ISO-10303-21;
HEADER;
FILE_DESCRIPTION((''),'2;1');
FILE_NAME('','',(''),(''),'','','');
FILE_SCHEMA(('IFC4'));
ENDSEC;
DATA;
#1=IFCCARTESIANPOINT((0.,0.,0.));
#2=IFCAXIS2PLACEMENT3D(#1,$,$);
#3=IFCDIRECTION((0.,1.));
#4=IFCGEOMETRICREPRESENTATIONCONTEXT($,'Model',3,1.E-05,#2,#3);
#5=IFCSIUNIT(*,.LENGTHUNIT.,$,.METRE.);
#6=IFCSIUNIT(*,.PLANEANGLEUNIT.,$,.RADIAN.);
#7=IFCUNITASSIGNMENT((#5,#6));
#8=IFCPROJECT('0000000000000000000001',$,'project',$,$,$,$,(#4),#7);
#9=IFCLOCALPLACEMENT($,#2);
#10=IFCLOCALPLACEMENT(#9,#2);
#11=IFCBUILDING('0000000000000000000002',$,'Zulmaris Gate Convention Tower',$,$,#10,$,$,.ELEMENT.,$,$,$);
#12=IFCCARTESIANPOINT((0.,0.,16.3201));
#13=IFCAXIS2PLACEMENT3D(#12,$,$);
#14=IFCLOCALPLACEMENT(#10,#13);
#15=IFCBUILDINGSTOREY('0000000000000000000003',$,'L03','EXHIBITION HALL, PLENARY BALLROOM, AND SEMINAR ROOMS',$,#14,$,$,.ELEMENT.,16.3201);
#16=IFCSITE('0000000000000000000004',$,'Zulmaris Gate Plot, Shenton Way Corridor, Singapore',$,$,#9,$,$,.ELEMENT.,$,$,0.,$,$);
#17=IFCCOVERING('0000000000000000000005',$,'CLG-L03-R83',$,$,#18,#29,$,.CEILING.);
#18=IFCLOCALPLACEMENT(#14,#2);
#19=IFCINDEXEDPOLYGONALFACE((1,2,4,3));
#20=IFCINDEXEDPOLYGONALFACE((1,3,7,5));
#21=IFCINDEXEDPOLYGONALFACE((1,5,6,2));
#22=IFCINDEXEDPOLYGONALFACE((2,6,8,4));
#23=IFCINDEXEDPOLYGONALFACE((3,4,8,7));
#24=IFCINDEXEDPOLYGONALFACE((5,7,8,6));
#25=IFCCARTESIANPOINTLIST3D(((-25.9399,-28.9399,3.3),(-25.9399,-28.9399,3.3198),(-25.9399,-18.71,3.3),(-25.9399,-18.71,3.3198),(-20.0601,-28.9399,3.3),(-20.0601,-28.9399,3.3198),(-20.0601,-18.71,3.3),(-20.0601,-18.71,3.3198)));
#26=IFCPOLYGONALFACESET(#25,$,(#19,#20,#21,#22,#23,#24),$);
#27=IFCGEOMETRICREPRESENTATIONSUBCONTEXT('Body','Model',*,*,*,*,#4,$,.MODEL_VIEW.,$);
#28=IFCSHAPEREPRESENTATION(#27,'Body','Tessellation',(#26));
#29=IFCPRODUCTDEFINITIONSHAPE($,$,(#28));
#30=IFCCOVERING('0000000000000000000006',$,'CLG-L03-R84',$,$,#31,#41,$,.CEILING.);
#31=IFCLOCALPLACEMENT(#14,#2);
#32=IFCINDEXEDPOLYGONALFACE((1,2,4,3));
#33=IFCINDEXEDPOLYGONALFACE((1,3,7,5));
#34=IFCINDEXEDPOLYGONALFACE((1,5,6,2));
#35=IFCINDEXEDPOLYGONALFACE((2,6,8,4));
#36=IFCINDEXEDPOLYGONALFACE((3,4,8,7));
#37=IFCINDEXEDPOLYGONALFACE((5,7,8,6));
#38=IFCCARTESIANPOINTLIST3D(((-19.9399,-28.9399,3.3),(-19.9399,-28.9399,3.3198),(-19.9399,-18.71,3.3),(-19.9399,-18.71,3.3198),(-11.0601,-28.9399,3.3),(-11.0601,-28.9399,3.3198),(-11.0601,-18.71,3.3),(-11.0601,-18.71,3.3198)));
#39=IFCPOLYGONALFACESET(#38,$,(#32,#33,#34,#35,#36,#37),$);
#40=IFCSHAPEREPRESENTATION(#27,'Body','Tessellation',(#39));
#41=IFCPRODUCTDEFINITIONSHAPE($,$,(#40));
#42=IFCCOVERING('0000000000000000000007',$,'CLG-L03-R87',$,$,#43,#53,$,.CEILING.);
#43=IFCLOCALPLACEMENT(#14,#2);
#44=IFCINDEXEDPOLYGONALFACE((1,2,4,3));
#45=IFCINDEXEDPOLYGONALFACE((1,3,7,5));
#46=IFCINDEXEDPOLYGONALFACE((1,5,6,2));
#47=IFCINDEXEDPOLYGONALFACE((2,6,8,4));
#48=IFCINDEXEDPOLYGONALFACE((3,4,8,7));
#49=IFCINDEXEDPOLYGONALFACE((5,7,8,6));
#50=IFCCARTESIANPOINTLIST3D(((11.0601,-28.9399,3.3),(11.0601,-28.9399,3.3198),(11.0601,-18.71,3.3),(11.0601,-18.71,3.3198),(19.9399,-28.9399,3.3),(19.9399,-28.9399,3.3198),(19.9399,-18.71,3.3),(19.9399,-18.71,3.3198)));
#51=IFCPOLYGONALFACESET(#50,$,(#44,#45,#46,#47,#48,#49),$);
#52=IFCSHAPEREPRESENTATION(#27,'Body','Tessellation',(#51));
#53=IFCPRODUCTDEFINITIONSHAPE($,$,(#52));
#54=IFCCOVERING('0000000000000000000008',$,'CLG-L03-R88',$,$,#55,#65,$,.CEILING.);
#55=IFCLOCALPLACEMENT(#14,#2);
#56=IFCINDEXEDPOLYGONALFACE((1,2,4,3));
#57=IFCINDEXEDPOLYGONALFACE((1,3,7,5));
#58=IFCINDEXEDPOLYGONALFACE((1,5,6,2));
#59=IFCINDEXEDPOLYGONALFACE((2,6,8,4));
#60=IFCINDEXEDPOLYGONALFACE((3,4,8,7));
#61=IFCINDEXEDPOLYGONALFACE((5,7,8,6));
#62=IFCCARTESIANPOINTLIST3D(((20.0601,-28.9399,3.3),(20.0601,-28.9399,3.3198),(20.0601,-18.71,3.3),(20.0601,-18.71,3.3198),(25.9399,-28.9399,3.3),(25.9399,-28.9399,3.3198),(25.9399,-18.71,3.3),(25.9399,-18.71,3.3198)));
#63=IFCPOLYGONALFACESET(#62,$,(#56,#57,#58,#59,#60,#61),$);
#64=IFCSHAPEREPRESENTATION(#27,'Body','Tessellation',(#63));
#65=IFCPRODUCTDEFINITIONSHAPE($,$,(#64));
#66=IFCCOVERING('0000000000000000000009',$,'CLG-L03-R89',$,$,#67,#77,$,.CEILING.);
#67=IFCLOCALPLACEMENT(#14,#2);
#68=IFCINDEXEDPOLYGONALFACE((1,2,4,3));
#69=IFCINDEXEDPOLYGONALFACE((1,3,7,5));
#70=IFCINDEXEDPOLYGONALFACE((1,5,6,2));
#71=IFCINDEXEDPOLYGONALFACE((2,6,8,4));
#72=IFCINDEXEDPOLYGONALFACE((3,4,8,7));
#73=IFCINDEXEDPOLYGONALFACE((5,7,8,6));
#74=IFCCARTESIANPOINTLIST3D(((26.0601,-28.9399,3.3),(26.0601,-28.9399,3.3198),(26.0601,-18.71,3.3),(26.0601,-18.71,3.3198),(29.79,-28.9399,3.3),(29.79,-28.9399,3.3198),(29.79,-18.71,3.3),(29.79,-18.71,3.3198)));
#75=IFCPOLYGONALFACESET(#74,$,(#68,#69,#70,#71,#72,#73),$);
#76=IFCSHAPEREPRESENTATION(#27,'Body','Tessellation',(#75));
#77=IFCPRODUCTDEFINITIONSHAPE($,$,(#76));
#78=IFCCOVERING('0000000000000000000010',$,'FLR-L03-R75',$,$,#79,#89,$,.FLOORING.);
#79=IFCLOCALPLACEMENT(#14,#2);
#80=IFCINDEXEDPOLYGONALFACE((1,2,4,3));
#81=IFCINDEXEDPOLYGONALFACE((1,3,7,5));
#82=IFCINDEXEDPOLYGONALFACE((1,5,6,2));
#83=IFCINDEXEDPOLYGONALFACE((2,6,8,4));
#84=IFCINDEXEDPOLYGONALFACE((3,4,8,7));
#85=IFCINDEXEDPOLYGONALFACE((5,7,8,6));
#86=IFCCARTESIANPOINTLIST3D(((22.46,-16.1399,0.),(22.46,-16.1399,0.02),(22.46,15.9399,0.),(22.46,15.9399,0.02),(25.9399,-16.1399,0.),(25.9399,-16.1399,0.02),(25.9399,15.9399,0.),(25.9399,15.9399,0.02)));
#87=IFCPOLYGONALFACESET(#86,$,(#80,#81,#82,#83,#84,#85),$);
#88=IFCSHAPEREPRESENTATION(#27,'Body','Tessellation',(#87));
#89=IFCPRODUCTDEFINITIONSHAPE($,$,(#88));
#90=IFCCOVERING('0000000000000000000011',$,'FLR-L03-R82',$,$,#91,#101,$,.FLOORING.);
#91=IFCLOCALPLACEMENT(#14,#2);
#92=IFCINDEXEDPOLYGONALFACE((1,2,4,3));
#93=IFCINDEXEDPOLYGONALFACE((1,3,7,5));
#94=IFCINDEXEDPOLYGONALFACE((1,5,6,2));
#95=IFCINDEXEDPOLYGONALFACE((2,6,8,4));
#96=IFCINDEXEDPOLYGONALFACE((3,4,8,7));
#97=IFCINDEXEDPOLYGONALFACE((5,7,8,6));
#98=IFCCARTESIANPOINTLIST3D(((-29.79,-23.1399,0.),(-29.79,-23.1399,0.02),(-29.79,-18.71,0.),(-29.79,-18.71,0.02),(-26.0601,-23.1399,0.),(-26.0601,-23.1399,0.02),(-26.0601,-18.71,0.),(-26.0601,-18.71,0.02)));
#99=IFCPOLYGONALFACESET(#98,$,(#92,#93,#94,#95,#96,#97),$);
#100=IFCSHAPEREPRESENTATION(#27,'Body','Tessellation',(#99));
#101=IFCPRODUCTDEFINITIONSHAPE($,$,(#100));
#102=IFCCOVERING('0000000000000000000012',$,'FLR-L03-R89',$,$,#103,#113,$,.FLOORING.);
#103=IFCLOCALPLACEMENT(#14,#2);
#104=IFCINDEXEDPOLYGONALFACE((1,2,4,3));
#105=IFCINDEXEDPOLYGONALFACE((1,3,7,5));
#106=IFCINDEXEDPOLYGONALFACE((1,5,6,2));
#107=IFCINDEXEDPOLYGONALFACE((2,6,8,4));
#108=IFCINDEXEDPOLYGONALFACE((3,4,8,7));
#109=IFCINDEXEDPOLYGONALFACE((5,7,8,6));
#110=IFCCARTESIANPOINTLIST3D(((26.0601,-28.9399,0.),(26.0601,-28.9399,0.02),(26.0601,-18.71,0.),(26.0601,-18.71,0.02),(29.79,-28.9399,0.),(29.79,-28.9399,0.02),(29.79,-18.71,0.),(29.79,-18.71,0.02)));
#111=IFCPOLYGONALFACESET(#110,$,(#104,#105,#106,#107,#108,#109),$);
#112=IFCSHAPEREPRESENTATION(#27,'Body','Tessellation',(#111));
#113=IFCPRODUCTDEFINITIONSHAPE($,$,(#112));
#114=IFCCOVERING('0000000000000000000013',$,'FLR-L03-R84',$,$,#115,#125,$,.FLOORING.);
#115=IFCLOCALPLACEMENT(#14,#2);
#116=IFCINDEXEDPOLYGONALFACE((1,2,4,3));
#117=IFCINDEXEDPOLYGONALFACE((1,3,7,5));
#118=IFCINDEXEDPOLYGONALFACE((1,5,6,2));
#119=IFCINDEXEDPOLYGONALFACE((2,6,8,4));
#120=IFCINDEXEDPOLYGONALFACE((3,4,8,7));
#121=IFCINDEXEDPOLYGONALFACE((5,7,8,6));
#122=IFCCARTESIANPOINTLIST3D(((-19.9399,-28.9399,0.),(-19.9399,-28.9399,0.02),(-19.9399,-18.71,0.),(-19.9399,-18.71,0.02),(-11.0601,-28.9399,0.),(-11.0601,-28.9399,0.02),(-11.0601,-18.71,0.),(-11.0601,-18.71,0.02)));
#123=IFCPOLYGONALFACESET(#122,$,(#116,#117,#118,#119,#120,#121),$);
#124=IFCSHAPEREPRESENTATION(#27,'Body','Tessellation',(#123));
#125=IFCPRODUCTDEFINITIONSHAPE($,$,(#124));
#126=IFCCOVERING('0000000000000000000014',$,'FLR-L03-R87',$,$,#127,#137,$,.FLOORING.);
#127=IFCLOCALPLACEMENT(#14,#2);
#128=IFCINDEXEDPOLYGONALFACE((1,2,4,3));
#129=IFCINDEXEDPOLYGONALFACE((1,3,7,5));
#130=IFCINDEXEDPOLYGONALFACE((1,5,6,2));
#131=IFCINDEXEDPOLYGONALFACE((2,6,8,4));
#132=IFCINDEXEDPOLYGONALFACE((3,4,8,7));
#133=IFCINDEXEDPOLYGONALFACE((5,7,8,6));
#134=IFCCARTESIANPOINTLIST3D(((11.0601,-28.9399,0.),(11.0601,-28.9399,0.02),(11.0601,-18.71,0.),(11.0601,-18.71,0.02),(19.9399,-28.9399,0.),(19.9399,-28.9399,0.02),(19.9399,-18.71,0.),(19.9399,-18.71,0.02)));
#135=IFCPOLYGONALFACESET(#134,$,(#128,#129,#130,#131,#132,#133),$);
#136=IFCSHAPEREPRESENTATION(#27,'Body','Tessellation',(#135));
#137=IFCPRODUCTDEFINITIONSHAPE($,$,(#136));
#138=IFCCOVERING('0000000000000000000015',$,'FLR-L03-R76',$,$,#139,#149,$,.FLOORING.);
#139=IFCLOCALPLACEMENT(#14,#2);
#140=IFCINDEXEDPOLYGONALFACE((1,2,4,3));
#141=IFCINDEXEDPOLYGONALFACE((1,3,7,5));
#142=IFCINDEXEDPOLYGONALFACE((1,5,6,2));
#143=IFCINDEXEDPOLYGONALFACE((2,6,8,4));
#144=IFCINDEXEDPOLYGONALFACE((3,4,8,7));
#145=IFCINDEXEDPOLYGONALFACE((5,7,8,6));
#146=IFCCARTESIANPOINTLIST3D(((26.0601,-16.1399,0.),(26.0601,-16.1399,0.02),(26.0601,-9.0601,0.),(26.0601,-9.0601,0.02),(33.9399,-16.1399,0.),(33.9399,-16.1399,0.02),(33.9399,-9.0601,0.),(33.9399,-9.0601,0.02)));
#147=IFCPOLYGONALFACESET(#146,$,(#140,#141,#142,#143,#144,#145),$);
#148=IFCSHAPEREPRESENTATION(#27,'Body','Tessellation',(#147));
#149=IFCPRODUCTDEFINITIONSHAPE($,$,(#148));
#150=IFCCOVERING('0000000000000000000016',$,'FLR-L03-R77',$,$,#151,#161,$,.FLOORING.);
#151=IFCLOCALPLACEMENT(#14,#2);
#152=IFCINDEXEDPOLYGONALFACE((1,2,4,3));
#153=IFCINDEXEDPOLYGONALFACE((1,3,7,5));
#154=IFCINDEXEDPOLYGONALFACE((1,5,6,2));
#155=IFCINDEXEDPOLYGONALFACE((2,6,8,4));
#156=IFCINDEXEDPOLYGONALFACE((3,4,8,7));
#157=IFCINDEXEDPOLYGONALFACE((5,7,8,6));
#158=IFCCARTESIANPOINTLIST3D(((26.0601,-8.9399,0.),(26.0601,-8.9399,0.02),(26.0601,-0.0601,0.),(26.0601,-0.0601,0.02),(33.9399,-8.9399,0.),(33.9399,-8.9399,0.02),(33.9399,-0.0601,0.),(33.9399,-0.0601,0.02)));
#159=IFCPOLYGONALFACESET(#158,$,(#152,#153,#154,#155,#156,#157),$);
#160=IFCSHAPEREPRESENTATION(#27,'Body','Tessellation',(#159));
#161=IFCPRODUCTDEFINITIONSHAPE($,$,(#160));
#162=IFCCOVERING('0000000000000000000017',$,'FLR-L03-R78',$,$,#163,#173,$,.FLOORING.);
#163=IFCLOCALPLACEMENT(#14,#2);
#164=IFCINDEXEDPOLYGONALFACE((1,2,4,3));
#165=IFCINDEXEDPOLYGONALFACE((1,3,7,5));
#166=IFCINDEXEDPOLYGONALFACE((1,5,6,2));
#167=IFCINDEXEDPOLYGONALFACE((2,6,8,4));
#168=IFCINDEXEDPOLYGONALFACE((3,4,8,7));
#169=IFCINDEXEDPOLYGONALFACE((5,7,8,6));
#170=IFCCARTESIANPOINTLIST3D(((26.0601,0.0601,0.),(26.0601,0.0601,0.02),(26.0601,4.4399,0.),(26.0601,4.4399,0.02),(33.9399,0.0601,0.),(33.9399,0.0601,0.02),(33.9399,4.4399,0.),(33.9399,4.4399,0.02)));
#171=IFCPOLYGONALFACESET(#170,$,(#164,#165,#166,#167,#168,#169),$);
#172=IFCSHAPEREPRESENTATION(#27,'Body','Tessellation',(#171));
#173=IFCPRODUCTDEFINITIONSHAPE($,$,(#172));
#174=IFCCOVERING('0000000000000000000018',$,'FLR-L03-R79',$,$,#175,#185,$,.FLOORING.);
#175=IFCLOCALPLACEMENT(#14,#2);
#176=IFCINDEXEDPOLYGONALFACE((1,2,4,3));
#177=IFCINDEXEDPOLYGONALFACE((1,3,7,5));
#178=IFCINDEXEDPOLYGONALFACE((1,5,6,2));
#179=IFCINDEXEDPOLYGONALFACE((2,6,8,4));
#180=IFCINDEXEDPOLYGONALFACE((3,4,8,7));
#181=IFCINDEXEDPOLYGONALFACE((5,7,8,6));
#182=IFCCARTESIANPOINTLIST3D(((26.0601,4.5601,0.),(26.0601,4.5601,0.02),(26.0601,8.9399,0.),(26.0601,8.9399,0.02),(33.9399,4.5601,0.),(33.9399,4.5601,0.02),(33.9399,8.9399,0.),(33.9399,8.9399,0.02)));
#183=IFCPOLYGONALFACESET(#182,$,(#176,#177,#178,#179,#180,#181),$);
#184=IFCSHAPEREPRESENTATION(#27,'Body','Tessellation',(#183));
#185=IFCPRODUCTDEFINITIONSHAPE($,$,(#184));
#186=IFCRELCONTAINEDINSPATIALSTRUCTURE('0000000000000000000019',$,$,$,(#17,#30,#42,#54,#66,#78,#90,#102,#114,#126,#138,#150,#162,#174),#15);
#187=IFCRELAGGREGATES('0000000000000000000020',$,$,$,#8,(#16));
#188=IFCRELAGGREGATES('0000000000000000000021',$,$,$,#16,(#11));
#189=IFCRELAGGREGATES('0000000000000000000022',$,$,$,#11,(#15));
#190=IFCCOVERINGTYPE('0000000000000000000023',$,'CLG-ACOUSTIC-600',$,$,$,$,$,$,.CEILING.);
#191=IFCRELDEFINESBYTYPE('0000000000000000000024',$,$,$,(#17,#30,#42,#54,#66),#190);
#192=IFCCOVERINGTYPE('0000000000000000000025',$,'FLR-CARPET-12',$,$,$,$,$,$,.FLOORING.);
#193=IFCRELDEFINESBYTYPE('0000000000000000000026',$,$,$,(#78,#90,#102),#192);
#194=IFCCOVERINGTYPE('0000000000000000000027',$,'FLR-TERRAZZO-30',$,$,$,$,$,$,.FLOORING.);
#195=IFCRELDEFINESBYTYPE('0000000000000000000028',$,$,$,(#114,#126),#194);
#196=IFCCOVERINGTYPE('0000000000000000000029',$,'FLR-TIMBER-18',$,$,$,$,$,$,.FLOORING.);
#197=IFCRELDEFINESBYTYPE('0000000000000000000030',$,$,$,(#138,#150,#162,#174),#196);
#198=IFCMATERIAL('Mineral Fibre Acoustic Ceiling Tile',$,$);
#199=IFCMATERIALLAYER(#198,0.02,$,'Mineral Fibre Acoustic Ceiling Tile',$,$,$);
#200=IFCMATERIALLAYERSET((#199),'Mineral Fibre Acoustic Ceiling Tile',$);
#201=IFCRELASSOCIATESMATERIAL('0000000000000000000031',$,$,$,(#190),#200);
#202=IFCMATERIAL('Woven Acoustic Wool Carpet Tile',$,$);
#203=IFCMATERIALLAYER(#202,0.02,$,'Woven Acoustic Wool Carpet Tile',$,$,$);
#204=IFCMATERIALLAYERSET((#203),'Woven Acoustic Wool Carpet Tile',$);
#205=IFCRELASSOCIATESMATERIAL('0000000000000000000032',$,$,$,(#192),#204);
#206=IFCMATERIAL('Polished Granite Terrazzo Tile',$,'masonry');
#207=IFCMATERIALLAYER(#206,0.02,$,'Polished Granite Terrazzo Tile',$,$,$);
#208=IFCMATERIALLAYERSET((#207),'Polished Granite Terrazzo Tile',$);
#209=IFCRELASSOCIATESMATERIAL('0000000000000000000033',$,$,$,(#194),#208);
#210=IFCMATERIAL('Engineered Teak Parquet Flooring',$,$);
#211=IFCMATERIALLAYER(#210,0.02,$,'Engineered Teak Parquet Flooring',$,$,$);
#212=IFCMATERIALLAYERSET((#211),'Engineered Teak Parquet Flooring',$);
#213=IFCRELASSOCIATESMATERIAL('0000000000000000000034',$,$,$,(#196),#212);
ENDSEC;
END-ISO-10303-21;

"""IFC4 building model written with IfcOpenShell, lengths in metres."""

from ifc_helpers import new_model, si_unit, direction, frame, origin, place, context, subcontext, project, spatial, polyline, outline, extrude, material, layer, layer_set, type_object, element, save


model = new_model("IFC4")

# Units and contexts
model_context = context("Model", 3, precision=1e-05, world=origin(), true_north=direction((0.0, 1.0)))
body_context = subcontext(model_context, "Body", "Model", "MODEL_VIEW")
ifc_project = project(units=[si_unit("LENGTHUNIT", "METRE"), si_unit("PLANEANGLEUNIT", "RADIAN")], contexts=[model_context])

# Site, building, storey
site_placement = place(None, origin())
site = spatial("IfcSite", under=ifc_project, at=site_placement, Name="Zulmaris Gate Plot, Shenton Way Corridor, Singapore", CompositionType="ELEMENT", RefElevation=0.0)
building_placement = place(site_placement, origin())
building = spatial("IfcBuilding", under=site, at=building_placement, Name="Zulmaris Gate Convention Tower", CompositionType="ELEMENT")
storey_placement = place(building_placement, frame((0.0, 0.0, 16.3201)))
storey = spatial("IfcBuildingStorey", under=building, at=storey_placement, Name="L03", Description="EXHIBITION HALL, PLENARY BALLROOM, AND SEMINAR ROOMS", CompositionType="ELEMENT", Elevation=16.3201)

# Coverings
ifc_material_1 = material(Name="Mineral Fibre Acoustic Ceiling Tile")
ifc_layer_1 = layer(ifc_material_1, 0.02, Name="Mineral Fibre Acoustic Ceiling Tile")
ifc_layer_set_1 = layer_set([ifc_layer_1], Name="Mineral Fibre Acoustic Ceiling Tile")
covering_type_1 = type_object("IfcCoveringType", Name="CLG-ACOUSTIC-600", PredefinedType="CEILING", material=ifc_layer_set_1)
covering_1_placement = place(storey_placement, frame((0.0, 0.0, 3.3)))
element("IfcCovering", 1, at=covering_1_placement, inside=storey, type_object=covering_type_1, Name="CLG-L03-R83", PredefinedType="CEILING", context=body_context, shape_type="SweptSolid", body=[
    extrude(outline(polyline([(-25.9399, -28.9399), (-20.0601, -28.9399), (-20.0601, -18.71), (-25.9399, -18.71), (-25.9399, -28.9399)])), origin(), (0.0, 0.0, 1.0), 0.0198),
])
covering_2_placement = place(storey_placement, frame((0.0, 0.0, 3.3)))
element("IfcCovering", 2, at=covering_2_placement, inside=storey, type_object=covering_type_1, Name="CLG-L03-R84", PredefinedType="CEILING", context=body_context, shape_type="SweptSolid", body=[
    extrude(outline(polyline([(-19.9399, -28.9399), (-11.0601, -28.9399), (-11.0601, -18.71), (-19.9399, -18.71), (-19.9399, -28.9399)])), origin(), (0.0, 0.0, 1.0), 0.0198),
])
covering_3_placement = place(storey_placement, frame((0.0, 0.0, 3.3)))
element("IfcCovering", 3, at=covering_3_placement, inside=storey, type_object=covering_type_1, Name="CLG-L03-R87", PredefinedType="CEILING", context=body_context, shape_type="SweptSolid", body=[
    extrude(outline(polyline([(11.0601, -28.9399), (19.9399, -28.9399), (19.9399, -18.71), (11.0601, -18.71), (11.0601, -28.9399)])), origin(), (0.0, 0.0, 1.0), 0.0198),
])
covering_4_placement = place(storey_placement, frame((0.0, 0.0, 3.3)))
element("IfcCovering", 4, at=covering_4_placement, inside=storey, type_object=covering_type_1, Name="CLG-L03-R88", PredefinedType="CEILING", context=body_context, shape_type="SweptSolid", body=[
    extrude(outline(polyline([(20.0601, -28.9399), (25.9399, -28.9399), (25.9399, -18.71), (20.0601, -18.71), (20.0601, -28.9399)])), origin(), (0.0, 0.0, 1.0), 0.0198),
])
covering_5_placement = place(storey_placement, frame((0.0, 0.0, 3.3)))
element("IfcCovering", 5, at=covering_5_placement, inside=storey, type_object=covering_type_1, Name="CLG-L03-R89", PredefinedType="CEILING", context=body_context, shape_type="SweptSolid", body=[
    extrude(outline(polyline([(26.0601, -28.9399), (29.79, -28.9399), (29.79, -18.71), (26.0601, -18.71), (26.0601, -28.9399)])), origin(), (0.0, 0.0, 1.0), 0.0198),
])
ifc_material_2 = material(Name="Woven Acoustic Wool Carpet Tile")
ifc_layer_2 = layer(ifc_material_2, 0.02, Name="Woven Acoustic Wool Carpet Tile")
ifc_layer_set_2 = layer_set([ifc_layer_2], Name="Woven Acoustic Wool Carpet Tile")
covering_type_2 = type_object("IfcCoveringType", Name="FLR-CARPET-12", PredefinedType="FLOORING", material=ifc_layer_set_2)
covering_6_placement = place(storey_placement, origin())
element("IfcCovering", 6, at=covering_6_placement, inside=storey, type_object=covering_type_2, Name="FLR-L03-R75", PredefinedType="FLOORING", context=body_context, shape_type="SweptSolid", body=[
    extrude(outline(polyline([(22.46, -16.1399), (25.9399, -16.1399), (25.9399, 15.9399), (22.46, 15.9399), (22.46, -16.1399)])), origin(), (0.0, 0.0, 1.0), 0.02),
])
covering_7_placement = place(storey_placement, origin())
element("IfcCovering", 7, at=covering_7_placement, inside=storey, type_object=covering_type_2, Name="FLR-L03-R82", PredefinedType="FLOORING", context=body_context, shape_type="SweptSolid", body=[
    extrude(outline(polyline([(-29.79, -23.1399), (-26.0601, -23.1399), (-26.0601, -18.71), (-29.79, -18.71), (-29.79, -23.1399)])), origin(), (0.0, 0.0, 1.0), 0.02),
])
covering_8_placement = place(storey_placement, origin())
element("IfcCovering", 8, at=covering_8_placement, inside=storey, type_object=covering_type_2, Name="FLR-L03-R89", PredefinedType="FLOORING", context=body_context, shape_type="SweptSolid", body=[
    extrude(outline(polyline([(26.0601, -28.9399), (29.79, -28.9399), (29.79, -18.71), (26.0601, -18.71), (26.0601, -28.9399)])), origin(), (0.0, 0.0, 1.0), 0.02),
])
ifc_material_3 = material(Name="Polished Granite Terrazzo Tile", Category="masonry")
ifc_layer_3 = layer(ifc_material_3, 0.02, Name="Polished Granite Terrazzo Tile")
ifc_layer_set_3 = layer_set([ifc_layer_3], Name="Polished Granite Terrazzo Tile")
covering_type_3 = type_object("IfcCoveringType", Name="FLR-TERRAZZO-30", PredefinedType="FLOORING", material=ifc_layer_set_3)
covering_9_placement = place(storey_placement, origin())
element("IfcCovering", 9, at=covering_9_placement, inside=storey, type_object=covering_type_3, Name="FLR-L03-R84", PredefinedType="FLOORING", context=body_context, shape_type="SweptSolid", body=[
    extrude(outline(polyline([(-19.9399, -28.9399), (-11.0601, -28.9399), (-11.0601, -18.71), (-19.9399, -18.71), (-19.9399, -28.9399)])), origin(), (0.0, 0.0, 1.0), 0.02),
])
covering_10_placement = place(storey_placement, origin())
element("IfcCovering", 10, at=covering_10_placement, inside=storey, type_object=covering_type_3, Name="FLR-L03-R87", PredefinedType="FLOORING", context=body_context, shape_type="SweptSolid", body=[
    extrude(outline(polyline([(11.0601, -28.9399), (19.9399, -28.9399), (19.9399, -18.71), (11.0601, -18.71), (11.0601, -28.9399)])), origin(), (0.0, 0.0, 1.0), 0.02),
])
ifc_material_4 = material(Name="Engineered Teak Parquet Flooring")
ifc_layer_4 = layer(ifc_material_4, 0.02, Name="Engineered Teak Parquet Flooring")
ifc_layer_set_4 = layer_set([ifc_layer_4], Name="Engineered Teak Parquet Flooring")
covering_type_4 = type_object("IfcCoveringType", Name="FLR-TIMBER-18", PredefinedType="FLOORING", material=ifc_layer_set_4)
covering_11_placement = place(storey_placement, origin())
element("IfcCovering", 11, at=covering_11_placement, inside=storey, type_object=covering_type_4, Name="FLR-L03-R76", PredefinedType="FLOORING", context=body_context, shape_type="SweptSolid", body=[
    extrude(outline(polyline([(26.0601, -16.1399), (33.9399, -16.1399), (33.9399, -9.0601), (26.0601, -9.0601), (26.0601, -16.1399)])), origin(), (0.0, 0.0, 1.0), 0.02),
])
covering_12_placement = place(storey_placement, origin())
element("IfcCovering", 12, at=covering_12_placement, inside=storey, type_object=covering_type_4, Name="FLR-L03-R77", PredefinedType="FLOORING", context=body_context, shape_type="SweptSolid", body=[
    extrude(outline(polyline([(26.0601, -8.9399), (33.9399, -8.9399), (33.9399, -0.0601), (26.0601, -0.0601), (26.0601, -8.9399)])), origin(), (0.0, 0.0, 1.0), 0.02),
])
covering_13_placement = place(storey_placement, origin())
element("IfcCovering", 13, at=covering_13_placement, inside=storey, type_object=covering_type_4, Name="FLR-L03-R78", PredefinedType="FLOORING", context=body_context, shape_type="SweptSolid", body=[
    extrude(outline(polyline([(26.0601, 0.0601), (33.9399, 0.0601), (33.9399, 4.4399), (26.0601, 4.4399), (26.0601, 0.0601)])), origin(), (0.0, 0.0, 1.0), 0.02),
])
covering_14_placement = place(storey_placement, origin())
element("IfcCovering", 14, at=covering_14_placement, inside=storey, type_object=covering_type_4, Name="FLR-L03-R79", PredefinedType="FLOORING", context=body_context, shape_type="SweptSolid", body=[
    extrude(outline(polyline([(26.0601, 4.5601), (33.9399, 4.5601), (33.9399, 8.9399), (26.0601, 8.9399), (26.0601, 4.5601)])), origin(), (0.0, 0.0, 1.0), 0.02),
])

save(model, "model.ifc")
